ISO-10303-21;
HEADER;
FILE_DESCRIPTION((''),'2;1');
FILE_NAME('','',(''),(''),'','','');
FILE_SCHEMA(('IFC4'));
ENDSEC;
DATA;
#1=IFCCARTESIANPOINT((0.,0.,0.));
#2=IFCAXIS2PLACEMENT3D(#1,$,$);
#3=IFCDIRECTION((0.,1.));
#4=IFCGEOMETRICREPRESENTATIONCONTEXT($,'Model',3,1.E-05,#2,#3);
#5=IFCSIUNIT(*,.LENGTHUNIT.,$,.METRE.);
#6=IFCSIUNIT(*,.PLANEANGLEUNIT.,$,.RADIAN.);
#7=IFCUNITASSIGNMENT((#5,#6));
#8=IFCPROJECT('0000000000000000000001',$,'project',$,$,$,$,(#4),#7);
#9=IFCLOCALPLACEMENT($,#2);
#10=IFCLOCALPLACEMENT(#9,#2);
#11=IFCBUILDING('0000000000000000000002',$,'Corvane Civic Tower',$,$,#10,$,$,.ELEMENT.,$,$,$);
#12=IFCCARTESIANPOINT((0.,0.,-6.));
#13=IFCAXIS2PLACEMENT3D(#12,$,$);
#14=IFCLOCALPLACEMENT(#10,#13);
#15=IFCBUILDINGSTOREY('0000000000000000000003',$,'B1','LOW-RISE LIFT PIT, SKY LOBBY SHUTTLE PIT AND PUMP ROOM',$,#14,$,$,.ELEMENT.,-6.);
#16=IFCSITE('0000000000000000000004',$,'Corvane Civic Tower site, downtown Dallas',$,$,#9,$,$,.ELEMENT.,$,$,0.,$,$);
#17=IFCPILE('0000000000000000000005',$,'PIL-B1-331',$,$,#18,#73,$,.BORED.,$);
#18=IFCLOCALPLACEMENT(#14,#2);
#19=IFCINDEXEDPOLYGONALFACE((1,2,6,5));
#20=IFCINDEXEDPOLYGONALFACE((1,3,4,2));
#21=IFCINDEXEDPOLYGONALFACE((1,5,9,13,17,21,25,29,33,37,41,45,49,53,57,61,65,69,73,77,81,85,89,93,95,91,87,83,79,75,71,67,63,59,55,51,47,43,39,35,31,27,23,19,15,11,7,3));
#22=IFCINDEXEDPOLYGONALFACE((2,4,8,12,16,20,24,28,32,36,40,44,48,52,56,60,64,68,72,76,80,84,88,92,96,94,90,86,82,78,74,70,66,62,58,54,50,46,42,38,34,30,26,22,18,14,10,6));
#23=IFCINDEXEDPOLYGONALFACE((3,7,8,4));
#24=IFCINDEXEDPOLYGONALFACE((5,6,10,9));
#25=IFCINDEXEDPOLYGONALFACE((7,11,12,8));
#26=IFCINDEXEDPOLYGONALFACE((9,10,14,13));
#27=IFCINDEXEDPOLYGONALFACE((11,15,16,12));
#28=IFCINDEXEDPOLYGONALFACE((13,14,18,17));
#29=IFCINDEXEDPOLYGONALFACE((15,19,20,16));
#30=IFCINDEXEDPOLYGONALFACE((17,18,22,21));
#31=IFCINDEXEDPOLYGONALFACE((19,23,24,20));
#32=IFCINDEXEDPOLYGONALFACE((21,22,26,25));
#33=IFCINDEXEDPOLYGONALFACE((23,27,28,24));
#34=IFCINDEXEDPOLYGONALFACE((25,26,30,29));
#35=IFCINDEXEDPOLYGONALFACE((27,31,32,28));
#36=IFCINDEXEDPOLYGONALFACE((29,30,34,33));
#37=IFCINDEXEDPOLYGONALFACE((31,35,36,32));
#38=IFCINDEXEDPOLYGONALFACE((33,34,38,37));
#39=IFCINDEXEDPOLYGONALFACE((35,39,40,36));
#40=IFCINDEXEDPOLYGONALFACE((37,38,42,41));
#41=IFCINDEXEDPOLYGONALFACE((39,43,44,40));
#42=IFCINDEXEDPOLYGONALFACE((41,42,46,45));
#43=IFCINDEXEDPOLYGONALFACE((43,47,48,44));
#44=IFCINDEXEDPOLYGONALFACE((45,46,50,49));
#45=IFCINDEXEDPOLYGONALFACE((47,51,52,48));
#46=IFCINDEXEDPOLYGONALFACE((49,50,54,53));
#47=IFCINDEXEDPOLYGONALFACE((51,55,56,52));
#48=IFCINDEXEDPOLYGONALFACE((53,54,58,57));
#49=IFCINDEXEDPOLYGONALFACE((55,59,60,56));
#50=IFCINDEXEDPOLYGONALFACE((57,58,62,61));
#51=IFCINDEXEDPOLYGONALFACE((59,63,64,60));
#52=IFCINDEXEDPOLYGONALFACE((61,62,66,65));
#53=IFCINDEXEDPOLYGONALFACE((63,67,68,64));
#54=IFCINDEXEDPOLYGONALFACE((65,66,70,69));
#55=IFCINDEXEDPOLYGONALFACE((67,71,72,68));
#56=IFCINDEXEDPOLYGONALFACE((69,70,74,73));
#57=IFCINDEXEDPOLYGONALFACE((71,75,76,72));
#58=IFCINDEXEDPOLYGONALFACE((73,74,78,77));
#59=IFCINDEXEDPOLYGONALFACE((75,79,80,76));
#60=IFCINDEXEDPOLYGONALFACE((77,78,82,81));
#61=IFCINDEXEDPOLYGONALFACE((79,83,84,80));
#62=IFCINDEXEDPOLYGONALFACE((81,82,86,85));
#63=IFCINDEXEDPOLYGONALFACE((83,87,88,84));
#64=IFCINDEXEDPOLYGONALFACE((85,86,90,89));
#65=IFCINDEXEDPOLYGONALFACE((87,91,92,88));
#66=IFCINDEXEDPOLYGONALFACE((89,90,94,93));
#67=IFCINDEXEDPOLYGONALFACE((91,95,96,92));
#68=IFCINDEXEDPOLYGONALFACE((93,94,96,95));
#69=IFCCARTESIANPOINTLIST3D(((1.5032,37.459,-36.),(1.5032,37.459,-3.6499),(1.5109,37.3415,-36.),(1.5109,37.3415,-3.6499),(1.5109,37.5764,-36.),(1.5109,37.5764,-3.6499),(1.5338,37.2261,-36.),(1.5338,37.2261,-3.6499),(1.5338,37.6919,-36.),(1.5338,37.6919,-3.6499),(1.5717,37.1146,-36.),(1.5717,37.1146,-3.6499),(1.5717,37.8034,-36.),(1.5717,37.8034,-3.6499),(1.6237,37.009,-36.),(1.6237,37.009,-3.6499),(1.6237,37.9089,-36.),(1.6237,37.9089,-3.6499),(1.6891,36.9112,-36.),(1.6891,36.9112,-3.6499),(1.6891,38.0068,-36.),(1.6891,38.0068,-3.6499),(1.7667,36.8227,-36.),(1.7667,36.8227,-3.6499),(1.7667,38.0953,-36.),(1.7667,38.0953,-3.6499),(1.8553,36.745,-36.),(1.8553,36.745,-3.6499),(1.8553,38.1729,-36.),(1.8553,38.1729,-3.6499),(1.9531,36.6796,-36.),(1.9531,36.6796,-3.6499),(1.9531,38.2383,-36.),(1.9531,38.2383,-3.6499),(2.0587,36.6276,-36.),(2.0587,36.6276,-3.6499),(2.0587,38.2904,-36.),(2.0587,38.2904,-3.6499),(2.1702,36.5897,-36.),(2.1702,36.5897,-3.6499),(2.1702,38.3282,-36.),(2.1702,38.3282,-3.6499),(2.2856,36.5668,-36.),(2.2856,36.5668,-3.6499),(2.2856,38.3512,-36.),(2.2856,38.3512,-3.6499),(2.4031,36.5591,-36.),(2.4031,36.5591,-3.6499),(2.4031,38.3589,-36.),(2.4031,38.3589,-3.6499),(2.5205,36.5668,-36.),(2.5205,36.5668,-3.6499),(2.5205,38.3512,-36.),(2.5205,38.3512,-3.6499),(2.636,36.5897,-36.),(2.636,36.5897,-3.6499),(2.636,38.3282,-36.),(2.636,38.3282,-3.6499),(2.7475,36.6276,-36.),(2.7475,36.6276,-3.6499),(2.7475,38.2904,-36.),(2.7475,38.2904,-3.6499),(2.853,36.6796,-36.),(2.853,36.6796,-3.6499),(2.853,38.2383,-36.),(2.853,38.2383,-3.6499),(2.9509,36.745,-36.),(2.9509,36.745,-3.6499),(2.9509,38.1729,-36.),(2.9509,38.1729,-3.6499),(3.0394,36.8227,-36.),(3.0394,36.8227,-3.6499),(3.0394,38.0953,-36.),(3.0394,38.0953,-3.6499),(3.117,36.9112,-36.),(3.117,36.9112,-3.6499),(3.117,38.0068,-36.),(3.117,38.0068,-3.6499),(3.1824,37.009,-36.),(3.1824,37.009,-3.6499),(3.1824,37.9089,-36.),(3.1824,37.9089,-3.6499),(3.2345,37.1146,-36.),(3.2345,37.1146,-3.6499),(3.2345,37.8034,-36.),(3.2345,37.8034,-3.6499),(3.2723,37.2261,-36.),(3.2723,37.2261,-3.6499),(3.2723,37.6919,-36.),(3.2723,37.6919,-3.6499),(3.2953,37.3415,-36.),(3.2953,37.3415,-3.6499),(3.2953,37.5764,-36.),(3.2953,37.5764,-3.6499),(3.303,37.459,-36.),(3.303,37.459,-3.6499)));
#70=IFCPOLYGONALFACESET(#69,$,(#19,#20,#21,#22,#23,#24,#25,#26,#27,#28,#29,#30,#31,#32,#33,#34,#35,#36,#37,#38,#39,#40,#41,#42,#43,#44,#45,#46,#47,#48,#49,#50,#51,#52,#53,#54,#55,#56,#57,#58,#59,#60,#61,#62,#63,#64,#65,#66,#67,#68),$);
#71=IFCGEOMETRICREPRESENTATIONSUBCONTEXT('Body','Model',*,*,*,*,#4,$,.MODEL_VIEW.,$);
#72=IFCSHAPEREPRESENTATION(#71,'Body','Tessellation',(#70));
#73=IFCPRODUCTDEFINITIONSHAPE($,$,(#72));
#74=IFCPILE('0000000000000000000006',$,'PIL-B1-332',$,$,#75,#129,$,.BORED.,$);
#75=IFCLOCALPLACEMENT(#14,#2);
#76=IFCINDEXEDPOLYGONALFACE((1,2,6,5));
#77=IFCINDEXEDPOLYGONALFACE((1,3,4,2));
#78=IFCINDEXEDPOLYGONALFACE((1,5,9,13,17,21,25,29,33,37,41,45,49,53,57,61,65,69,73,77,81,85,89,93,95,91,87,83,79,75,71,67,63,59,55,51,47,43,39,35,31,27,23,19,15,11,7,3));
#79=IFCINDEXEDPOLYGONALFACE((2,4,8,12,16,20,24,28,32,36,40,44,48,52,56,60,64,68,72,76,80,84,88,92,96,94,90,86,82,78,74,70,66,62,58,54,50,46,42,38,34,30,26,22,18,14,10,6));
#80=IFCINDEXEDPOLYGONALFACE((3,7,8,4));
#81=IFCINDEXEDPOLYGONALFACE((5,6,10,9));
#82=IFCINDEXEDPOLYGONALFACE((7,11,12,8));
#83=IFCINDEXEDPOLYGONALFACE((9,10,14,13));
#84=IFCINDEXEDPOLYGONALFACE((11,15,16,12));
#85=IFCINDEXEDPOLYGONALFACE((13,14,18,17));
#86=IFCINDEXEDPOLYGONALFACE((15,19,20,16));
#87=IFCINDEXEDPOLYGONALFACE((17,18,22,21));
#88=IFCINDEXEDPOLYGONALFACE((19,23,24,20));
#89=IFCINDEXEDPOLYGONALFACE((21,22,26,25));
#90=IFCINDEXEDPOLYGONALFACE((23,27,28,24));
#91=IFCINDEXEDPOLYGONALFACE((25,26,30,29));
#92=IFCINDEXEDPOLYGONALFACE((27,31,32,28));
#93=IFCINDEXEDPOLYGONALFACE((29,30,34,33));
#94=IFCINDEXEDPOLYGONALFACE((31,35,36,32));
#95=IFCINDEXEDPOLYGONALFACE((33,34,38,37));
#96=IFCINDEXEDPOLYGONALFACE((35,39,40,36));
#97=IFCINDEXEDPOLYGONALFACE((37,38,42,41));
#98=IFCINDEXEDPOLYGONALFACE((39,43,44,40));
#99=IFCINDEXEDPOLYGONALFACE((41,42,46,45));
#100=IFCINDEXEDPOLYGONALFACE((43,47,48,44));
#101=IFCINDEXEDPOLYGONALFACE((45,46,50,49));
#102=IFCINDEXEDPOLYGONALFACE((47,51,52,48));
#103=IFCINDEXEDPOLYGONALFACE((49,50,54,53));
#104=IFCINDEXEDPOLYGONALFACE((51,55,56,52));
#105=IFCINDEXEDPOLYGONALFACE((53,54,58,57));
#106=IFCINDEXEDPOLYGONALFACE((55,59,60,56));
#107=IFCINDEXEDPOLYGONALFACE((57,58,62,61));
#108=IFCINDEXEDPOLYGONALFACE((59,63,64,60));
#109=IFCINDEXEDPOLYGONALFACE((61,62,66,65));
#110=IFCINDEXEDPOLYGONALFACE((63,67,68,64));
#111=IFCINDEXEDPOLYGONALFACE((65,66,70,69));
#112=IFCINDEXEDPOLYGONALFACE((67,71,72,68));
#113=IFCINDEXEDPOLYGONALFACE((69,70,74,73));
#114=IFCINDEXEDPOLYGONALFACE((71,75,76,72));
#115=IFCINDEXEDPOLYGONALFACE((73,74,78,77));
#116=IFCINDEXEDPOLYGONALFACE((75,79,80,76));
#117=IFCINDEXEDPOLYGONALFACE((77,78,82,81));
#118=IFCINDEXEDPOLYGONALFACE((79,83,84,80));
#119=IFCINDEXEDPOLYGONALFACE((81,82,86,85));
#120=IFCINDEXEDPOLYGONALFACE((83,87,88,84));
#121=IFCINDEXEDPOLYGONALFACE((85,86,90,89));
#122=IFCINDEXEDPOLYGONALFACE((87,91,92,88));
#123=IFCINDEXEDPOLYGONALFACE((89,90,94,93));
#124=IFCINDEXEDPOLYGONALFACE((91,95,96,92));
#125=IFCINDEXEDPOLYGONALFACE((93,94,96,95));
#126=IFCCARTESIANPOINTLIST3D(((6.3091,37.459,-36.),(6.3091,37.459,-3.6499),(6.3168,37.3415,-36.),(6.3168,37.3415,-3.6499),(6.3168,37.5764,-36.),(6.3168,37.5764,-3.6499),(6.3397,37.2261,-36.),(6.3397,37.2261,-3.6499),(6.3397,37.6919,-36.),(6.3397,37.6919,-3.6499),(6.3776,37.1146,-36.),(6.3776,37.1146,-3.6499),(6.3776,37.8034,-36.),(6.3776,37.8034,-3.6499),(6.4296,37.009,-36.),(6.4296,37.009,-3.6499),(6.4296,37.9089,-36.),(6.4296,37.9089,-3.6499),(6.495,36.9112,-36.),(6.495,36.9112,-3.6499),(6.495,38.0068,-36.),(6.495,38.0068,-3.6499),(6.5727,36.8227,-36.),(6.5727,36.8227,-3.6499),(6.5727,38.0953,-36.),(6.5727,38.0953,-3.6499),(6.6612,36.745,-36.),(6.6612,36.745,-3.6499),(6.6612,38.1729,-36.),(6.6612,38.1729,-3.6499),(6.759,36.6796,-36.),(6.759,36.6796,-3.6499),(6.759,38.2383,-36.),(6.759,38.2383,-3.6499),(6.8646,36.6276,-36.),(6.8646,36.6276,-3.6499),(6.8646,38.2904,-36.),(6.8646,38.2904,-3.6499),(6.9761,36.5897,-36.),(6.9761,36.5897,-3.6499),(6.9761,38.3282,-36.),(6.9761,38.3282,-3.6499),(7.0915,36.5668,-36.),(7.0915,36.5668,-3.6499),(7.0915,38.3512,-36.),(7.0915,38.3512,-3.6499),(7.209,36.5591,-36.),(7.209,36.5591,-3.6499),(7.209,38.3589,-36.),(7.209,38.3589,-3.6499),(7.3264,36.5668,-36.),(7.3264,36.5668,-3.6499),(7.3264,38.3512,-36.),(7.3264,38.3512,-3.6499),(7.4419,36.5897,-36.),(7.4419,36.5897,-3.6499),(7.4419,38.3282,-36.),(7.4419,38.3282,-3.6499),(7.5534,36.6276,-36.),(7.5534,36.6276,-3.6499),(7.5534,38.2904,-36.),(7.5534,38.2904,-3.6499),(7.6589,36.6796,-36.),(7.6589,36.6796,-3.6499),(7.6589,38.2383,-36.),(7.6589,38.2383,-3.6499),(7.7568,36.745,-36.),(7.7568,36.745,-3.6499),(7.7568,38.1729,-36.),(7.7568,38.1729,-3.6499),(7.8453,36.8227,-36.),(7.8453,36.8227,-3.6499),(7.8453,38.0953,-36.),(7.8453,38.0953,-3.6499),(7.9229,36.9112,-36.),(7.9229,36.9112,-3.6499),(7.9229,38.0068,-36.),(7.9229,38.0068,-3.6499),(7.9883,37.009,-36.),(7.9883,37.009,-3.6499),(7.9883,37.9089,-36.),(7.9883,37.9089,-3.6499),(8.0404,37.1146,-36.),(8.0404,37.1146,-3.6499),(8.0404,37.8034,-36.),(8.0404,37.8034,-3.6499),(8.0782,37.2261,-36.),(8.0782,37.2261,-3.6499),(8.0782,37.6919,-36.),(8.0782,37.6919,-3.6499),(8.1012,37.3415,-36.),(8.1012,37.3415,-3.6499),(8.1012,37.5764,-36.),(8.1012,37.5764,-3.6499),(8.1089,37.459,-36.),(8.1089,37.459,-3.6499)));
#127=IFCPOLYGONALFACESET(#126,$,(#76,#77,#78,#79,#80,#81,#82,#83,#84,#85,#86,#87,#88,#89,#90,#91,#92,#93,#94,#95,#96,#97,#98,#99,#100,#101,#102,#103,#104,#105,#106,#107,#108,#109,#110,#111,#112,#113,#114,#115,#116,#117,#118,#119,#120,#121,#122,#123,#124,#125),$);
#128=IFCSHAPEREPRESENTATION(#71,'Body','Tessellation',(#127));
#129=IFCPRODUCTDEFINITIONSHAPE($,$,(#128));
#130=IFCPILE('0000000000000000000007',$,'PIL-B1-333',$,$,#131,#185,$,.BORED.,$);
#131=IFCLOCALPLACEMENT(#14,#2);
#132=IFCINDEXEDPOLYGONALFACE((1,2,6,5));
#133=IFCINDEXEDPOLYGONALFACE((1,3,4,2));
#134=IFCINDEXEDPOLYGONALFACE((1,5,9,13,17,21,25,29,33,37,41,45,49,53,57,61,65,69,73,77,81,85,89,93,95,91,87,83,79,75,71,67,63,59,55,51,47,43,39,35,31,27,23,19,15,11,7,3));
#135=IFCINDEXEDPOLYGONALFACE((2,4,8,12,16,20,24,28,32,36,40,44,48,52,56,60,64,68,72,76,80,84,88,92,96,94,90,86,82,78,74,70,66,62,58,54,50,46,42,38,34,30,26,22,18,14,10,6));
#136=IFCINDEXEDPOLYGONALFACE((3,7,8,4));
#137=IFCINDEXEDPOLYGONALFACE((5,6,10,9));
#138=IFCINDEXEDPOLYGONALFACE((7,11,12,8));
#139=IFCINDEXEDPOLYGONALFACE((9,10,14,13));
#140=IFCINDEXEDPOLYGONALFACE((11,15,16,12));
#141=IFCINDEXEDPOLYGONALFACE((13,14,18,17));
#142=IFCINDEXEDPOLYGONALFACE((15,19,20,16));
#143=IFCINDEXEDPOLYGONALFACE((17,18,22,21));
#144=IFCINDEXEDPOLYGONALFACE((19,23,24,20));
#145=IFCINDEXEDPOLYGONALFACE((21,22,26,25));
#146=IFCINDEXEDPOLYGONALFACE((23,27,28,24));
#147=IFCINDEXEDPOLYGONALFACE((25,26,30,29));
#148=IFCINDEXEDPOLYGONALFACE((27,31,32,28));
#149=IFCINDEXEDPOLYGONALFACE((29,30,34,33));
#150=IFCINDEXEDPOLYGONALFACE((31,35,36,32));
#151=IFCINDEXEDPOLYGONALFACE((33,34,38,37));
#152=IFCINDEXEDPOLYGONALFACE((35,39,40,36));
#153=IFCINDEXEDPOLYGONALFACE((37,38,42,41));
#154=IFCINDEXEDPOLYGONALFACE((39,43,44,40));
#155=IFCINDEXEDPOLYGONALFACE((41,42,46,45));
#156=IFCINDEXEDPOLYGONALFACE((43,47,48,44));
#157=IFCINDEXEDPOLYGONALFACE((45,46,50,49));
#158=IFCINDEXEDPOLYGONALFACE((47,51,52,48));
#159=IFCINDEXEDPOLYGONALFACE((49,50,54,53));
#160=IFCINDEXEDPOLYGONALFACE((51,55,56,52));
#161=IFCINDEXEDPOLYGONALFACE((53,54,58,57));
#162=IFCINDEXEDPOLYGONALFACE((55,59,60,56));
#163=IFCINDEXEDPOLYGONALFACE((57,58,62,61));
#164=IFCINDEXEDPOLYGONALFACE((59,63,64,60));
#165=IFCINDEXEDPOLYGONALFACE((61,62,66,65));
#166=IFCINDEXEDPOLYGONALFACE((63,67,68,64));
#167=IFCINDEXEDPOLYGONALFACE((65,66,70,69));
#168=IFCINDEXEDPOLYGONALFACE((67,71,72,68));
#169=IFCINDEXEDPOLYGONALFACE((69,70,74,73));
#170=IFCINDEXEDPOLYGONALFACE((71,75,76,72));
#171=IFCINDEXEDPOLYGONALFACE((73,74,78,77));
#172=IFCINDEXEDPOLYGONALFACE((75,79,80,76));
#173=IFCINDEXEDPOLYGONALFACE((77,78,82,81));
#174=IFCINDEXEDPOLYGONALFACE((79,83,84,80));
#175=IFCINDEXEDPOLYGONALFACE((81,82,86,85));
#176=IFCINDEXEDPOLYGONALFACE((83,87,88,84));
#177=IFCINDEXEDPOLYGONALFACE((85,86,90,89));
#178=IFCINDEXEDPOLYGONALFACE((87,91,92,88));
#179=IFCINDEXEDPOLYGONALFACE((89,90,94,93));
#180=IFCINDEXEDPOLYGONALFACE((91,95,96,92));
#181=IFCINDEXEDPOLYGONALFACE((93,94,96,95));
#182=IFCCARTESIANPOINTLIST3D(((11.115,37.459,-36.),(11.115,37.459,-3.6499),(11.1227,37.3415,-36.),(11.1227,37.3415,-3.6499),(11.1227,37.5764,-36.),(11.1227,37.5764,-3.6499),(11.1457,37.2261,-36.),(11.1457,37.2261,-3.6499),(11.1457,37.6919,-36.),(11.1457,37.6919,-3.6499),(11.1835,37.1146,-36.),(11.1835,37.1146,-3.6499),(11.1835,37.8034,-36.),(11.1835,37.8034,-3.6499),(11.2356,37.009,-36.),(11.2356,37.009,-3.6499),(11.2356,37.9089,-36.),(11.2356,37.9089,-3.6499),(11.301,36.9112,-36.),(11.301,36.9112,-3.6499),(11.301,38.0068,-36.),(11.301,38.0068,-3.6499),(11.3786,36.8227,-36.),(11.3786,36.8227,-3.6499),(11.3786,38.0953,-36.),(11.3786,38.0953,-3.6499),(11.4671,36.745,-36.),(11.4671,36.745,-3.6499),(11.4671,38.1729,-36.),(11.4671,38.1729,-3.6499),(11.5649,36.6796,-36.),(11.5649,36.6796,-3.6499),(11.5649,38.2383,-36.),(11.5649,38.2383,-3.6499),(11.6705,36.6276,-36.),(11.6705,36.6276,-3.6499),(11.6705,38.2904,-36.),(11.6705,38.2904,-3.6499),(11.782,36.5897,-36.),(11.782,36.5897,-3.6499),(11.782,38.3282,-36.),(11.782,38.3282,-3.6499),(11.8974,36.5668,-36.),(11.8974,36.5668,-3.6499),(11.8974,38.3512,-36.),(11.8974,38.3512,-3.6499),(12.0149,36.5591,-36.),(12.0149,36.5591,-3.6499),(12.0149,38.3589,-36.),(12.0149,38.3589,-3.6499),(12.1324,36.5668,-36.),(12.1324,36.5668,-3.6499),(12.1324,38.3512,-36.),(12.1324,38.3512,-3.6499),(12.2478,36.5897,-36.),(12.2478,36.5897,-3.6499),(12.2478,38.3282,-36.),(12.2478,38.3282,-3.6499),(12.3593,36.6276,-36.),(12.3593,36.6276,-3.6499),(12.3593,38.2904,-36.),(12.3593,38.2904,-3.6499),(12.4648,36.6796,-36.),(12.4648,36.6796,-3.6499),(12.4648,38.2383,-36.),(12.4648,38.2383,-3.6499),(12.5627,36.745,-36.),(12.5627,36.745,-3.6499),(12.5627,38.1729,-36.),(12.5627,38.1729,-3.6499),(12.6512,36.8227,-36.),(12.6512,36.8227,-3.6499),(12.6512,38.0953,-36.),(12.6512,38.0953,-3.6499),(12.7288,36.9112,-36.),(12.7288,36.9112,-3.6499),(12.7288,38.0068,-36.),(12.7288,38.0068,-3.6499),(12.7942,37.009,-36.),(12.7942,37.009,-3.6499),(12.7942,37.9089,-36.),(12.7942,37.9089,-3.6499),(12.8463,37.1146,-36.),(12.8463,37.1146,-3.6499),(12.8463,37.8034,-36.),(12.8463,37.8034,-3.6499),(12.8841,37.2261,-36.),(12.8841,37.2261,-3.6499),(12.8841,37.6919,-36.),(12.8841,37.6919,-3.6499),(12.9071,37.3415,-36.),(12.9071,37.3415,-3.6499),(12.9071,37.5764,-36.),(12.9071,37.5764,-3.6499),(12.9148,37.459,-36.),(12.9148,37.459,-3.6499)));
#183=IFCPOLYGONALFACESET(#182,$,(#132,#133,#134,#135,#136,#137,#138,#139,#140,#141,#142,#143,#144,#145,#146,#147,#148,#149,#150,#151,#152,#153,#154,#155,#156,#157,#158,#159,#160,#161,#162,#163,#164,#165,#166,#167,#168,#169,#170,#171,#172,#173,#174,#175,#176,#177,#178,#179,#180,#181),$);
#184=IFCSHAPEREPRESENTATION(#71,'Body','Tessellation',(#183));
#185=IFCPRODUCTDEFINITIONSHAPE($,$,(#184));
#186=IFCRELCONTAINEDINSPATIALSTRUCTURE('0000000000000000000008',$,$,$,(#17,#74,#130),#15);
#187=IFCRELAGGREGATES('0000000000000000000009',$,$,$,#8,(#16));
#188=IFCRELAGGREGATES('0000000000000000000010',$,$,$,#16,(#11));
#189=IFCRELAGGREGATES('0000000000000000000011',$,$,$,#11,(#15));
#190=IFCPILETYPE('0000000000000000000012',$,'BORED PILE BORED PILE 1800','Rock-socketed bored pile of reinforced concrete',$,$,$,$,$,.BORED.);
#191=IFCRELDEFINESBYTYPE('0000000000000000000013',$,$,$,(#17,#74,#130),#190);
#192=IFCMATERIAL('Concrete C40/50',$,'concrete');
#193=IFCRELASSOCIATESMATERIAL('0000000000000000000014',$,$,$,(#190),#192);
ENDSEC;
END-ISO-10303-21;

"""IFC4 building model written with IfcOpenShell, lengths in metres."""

from ifc_helpers import new_model, si_unit, direction, frame, origin, origin_2d, place, context, subcontext, project, spatial, circle, extrude, material, material_profile, profile_set, type_object, element, save


model = new_model("IFC4")

# Units and contexts
model_context = context("Model", 3, precision=1e-05, world=origin(), true_north=direction((0.0, 1.0)))
body_context = subcontext(model_context, "Body", "Model", "MODEL_VIEW")
ifc_project = project(units=[si_unit("LENGTHUNIT", "METRE"), si_unit("PLANEANGLEUNIT", "RADIAN")], contexts=[model_context])

# Site, building, storey
site_placement = place(None, origin())
site = spatial("IfcSite", under=ifc_project, at=site_placement, Name="Corvane Civic Tower site, downtown Dallas", CompositionType="ELEMENT", RefElevation=0.0)
building_placement = place(site_placement, origin())
building = spatial("IfcBuilding", under=site, at=building_placement, Name="Corvane Civic Tower", CompositionType="ELEMENT")
storey_placement = place(building_placement, frame((0.0, 0.0, -6.0)))
storey = spatial("IfcBuildingStorey", under=building, at=storey_placement, Name="B1", Description="LOW-RISE LIFT PIT, SKY LOBBY SHUTTLE PIT AND PUMP ROOM", CompositionType="ELEMENT", Elevation=-6.0)

# Piles
ifc_material_1 = material(Name="Concrete C40/50", Category="concrete")
ifc_material_profile_1 = material_profile(ifc_material_1, circle(Radius=0.8999, at=origin_2d()), Name="BORED PILE 1800")
ifc_profile_set_1 = profile_set([ifc_material_profile_1], Name="Concrete C40/50")
pile_type_1 = type_object("IfcPileType", Name="BORED PILE BORED PILE 1800", Description="Rock-socketed bored pile of reinforced concrete", PredefinedType="BORED", material=ifc_profile_set_1)
for number, where, z_axis, x_axis, name in (
    (1, (2.4031, 37.459, -3.6499), (0.0, 0.0, -1.0), (1.0, 0.0, 0.0), "PIL-B1-331"),
    (2, (7.209, 37.459, -3.6499), (0.0, 0.0, -1.0), (1.0, 0.0, 0.0), "PIL-B1-332"),
    (3, (12.0149, 37.459, -3.6499), (0.0, 0.0, -1.0), (1.0, 0.0, 0.0), "PIL-B1-333"),
):
    element("IfcPile", number, at=place(storey_placement, frame(where, z_axis=z_axis, x_axis=x_axis)), inside=storey, type_object=pile_type_1, Name=name, PredefinedType="BORED", context=body_context, shape_type="SweptSolid", body=[
        extrude(circle(Radius=0.8999, at=origin_2d()), origin(), (0.0, 0.0, 1.0), 32.3501),
    ])

save(model, "model.ifc")
